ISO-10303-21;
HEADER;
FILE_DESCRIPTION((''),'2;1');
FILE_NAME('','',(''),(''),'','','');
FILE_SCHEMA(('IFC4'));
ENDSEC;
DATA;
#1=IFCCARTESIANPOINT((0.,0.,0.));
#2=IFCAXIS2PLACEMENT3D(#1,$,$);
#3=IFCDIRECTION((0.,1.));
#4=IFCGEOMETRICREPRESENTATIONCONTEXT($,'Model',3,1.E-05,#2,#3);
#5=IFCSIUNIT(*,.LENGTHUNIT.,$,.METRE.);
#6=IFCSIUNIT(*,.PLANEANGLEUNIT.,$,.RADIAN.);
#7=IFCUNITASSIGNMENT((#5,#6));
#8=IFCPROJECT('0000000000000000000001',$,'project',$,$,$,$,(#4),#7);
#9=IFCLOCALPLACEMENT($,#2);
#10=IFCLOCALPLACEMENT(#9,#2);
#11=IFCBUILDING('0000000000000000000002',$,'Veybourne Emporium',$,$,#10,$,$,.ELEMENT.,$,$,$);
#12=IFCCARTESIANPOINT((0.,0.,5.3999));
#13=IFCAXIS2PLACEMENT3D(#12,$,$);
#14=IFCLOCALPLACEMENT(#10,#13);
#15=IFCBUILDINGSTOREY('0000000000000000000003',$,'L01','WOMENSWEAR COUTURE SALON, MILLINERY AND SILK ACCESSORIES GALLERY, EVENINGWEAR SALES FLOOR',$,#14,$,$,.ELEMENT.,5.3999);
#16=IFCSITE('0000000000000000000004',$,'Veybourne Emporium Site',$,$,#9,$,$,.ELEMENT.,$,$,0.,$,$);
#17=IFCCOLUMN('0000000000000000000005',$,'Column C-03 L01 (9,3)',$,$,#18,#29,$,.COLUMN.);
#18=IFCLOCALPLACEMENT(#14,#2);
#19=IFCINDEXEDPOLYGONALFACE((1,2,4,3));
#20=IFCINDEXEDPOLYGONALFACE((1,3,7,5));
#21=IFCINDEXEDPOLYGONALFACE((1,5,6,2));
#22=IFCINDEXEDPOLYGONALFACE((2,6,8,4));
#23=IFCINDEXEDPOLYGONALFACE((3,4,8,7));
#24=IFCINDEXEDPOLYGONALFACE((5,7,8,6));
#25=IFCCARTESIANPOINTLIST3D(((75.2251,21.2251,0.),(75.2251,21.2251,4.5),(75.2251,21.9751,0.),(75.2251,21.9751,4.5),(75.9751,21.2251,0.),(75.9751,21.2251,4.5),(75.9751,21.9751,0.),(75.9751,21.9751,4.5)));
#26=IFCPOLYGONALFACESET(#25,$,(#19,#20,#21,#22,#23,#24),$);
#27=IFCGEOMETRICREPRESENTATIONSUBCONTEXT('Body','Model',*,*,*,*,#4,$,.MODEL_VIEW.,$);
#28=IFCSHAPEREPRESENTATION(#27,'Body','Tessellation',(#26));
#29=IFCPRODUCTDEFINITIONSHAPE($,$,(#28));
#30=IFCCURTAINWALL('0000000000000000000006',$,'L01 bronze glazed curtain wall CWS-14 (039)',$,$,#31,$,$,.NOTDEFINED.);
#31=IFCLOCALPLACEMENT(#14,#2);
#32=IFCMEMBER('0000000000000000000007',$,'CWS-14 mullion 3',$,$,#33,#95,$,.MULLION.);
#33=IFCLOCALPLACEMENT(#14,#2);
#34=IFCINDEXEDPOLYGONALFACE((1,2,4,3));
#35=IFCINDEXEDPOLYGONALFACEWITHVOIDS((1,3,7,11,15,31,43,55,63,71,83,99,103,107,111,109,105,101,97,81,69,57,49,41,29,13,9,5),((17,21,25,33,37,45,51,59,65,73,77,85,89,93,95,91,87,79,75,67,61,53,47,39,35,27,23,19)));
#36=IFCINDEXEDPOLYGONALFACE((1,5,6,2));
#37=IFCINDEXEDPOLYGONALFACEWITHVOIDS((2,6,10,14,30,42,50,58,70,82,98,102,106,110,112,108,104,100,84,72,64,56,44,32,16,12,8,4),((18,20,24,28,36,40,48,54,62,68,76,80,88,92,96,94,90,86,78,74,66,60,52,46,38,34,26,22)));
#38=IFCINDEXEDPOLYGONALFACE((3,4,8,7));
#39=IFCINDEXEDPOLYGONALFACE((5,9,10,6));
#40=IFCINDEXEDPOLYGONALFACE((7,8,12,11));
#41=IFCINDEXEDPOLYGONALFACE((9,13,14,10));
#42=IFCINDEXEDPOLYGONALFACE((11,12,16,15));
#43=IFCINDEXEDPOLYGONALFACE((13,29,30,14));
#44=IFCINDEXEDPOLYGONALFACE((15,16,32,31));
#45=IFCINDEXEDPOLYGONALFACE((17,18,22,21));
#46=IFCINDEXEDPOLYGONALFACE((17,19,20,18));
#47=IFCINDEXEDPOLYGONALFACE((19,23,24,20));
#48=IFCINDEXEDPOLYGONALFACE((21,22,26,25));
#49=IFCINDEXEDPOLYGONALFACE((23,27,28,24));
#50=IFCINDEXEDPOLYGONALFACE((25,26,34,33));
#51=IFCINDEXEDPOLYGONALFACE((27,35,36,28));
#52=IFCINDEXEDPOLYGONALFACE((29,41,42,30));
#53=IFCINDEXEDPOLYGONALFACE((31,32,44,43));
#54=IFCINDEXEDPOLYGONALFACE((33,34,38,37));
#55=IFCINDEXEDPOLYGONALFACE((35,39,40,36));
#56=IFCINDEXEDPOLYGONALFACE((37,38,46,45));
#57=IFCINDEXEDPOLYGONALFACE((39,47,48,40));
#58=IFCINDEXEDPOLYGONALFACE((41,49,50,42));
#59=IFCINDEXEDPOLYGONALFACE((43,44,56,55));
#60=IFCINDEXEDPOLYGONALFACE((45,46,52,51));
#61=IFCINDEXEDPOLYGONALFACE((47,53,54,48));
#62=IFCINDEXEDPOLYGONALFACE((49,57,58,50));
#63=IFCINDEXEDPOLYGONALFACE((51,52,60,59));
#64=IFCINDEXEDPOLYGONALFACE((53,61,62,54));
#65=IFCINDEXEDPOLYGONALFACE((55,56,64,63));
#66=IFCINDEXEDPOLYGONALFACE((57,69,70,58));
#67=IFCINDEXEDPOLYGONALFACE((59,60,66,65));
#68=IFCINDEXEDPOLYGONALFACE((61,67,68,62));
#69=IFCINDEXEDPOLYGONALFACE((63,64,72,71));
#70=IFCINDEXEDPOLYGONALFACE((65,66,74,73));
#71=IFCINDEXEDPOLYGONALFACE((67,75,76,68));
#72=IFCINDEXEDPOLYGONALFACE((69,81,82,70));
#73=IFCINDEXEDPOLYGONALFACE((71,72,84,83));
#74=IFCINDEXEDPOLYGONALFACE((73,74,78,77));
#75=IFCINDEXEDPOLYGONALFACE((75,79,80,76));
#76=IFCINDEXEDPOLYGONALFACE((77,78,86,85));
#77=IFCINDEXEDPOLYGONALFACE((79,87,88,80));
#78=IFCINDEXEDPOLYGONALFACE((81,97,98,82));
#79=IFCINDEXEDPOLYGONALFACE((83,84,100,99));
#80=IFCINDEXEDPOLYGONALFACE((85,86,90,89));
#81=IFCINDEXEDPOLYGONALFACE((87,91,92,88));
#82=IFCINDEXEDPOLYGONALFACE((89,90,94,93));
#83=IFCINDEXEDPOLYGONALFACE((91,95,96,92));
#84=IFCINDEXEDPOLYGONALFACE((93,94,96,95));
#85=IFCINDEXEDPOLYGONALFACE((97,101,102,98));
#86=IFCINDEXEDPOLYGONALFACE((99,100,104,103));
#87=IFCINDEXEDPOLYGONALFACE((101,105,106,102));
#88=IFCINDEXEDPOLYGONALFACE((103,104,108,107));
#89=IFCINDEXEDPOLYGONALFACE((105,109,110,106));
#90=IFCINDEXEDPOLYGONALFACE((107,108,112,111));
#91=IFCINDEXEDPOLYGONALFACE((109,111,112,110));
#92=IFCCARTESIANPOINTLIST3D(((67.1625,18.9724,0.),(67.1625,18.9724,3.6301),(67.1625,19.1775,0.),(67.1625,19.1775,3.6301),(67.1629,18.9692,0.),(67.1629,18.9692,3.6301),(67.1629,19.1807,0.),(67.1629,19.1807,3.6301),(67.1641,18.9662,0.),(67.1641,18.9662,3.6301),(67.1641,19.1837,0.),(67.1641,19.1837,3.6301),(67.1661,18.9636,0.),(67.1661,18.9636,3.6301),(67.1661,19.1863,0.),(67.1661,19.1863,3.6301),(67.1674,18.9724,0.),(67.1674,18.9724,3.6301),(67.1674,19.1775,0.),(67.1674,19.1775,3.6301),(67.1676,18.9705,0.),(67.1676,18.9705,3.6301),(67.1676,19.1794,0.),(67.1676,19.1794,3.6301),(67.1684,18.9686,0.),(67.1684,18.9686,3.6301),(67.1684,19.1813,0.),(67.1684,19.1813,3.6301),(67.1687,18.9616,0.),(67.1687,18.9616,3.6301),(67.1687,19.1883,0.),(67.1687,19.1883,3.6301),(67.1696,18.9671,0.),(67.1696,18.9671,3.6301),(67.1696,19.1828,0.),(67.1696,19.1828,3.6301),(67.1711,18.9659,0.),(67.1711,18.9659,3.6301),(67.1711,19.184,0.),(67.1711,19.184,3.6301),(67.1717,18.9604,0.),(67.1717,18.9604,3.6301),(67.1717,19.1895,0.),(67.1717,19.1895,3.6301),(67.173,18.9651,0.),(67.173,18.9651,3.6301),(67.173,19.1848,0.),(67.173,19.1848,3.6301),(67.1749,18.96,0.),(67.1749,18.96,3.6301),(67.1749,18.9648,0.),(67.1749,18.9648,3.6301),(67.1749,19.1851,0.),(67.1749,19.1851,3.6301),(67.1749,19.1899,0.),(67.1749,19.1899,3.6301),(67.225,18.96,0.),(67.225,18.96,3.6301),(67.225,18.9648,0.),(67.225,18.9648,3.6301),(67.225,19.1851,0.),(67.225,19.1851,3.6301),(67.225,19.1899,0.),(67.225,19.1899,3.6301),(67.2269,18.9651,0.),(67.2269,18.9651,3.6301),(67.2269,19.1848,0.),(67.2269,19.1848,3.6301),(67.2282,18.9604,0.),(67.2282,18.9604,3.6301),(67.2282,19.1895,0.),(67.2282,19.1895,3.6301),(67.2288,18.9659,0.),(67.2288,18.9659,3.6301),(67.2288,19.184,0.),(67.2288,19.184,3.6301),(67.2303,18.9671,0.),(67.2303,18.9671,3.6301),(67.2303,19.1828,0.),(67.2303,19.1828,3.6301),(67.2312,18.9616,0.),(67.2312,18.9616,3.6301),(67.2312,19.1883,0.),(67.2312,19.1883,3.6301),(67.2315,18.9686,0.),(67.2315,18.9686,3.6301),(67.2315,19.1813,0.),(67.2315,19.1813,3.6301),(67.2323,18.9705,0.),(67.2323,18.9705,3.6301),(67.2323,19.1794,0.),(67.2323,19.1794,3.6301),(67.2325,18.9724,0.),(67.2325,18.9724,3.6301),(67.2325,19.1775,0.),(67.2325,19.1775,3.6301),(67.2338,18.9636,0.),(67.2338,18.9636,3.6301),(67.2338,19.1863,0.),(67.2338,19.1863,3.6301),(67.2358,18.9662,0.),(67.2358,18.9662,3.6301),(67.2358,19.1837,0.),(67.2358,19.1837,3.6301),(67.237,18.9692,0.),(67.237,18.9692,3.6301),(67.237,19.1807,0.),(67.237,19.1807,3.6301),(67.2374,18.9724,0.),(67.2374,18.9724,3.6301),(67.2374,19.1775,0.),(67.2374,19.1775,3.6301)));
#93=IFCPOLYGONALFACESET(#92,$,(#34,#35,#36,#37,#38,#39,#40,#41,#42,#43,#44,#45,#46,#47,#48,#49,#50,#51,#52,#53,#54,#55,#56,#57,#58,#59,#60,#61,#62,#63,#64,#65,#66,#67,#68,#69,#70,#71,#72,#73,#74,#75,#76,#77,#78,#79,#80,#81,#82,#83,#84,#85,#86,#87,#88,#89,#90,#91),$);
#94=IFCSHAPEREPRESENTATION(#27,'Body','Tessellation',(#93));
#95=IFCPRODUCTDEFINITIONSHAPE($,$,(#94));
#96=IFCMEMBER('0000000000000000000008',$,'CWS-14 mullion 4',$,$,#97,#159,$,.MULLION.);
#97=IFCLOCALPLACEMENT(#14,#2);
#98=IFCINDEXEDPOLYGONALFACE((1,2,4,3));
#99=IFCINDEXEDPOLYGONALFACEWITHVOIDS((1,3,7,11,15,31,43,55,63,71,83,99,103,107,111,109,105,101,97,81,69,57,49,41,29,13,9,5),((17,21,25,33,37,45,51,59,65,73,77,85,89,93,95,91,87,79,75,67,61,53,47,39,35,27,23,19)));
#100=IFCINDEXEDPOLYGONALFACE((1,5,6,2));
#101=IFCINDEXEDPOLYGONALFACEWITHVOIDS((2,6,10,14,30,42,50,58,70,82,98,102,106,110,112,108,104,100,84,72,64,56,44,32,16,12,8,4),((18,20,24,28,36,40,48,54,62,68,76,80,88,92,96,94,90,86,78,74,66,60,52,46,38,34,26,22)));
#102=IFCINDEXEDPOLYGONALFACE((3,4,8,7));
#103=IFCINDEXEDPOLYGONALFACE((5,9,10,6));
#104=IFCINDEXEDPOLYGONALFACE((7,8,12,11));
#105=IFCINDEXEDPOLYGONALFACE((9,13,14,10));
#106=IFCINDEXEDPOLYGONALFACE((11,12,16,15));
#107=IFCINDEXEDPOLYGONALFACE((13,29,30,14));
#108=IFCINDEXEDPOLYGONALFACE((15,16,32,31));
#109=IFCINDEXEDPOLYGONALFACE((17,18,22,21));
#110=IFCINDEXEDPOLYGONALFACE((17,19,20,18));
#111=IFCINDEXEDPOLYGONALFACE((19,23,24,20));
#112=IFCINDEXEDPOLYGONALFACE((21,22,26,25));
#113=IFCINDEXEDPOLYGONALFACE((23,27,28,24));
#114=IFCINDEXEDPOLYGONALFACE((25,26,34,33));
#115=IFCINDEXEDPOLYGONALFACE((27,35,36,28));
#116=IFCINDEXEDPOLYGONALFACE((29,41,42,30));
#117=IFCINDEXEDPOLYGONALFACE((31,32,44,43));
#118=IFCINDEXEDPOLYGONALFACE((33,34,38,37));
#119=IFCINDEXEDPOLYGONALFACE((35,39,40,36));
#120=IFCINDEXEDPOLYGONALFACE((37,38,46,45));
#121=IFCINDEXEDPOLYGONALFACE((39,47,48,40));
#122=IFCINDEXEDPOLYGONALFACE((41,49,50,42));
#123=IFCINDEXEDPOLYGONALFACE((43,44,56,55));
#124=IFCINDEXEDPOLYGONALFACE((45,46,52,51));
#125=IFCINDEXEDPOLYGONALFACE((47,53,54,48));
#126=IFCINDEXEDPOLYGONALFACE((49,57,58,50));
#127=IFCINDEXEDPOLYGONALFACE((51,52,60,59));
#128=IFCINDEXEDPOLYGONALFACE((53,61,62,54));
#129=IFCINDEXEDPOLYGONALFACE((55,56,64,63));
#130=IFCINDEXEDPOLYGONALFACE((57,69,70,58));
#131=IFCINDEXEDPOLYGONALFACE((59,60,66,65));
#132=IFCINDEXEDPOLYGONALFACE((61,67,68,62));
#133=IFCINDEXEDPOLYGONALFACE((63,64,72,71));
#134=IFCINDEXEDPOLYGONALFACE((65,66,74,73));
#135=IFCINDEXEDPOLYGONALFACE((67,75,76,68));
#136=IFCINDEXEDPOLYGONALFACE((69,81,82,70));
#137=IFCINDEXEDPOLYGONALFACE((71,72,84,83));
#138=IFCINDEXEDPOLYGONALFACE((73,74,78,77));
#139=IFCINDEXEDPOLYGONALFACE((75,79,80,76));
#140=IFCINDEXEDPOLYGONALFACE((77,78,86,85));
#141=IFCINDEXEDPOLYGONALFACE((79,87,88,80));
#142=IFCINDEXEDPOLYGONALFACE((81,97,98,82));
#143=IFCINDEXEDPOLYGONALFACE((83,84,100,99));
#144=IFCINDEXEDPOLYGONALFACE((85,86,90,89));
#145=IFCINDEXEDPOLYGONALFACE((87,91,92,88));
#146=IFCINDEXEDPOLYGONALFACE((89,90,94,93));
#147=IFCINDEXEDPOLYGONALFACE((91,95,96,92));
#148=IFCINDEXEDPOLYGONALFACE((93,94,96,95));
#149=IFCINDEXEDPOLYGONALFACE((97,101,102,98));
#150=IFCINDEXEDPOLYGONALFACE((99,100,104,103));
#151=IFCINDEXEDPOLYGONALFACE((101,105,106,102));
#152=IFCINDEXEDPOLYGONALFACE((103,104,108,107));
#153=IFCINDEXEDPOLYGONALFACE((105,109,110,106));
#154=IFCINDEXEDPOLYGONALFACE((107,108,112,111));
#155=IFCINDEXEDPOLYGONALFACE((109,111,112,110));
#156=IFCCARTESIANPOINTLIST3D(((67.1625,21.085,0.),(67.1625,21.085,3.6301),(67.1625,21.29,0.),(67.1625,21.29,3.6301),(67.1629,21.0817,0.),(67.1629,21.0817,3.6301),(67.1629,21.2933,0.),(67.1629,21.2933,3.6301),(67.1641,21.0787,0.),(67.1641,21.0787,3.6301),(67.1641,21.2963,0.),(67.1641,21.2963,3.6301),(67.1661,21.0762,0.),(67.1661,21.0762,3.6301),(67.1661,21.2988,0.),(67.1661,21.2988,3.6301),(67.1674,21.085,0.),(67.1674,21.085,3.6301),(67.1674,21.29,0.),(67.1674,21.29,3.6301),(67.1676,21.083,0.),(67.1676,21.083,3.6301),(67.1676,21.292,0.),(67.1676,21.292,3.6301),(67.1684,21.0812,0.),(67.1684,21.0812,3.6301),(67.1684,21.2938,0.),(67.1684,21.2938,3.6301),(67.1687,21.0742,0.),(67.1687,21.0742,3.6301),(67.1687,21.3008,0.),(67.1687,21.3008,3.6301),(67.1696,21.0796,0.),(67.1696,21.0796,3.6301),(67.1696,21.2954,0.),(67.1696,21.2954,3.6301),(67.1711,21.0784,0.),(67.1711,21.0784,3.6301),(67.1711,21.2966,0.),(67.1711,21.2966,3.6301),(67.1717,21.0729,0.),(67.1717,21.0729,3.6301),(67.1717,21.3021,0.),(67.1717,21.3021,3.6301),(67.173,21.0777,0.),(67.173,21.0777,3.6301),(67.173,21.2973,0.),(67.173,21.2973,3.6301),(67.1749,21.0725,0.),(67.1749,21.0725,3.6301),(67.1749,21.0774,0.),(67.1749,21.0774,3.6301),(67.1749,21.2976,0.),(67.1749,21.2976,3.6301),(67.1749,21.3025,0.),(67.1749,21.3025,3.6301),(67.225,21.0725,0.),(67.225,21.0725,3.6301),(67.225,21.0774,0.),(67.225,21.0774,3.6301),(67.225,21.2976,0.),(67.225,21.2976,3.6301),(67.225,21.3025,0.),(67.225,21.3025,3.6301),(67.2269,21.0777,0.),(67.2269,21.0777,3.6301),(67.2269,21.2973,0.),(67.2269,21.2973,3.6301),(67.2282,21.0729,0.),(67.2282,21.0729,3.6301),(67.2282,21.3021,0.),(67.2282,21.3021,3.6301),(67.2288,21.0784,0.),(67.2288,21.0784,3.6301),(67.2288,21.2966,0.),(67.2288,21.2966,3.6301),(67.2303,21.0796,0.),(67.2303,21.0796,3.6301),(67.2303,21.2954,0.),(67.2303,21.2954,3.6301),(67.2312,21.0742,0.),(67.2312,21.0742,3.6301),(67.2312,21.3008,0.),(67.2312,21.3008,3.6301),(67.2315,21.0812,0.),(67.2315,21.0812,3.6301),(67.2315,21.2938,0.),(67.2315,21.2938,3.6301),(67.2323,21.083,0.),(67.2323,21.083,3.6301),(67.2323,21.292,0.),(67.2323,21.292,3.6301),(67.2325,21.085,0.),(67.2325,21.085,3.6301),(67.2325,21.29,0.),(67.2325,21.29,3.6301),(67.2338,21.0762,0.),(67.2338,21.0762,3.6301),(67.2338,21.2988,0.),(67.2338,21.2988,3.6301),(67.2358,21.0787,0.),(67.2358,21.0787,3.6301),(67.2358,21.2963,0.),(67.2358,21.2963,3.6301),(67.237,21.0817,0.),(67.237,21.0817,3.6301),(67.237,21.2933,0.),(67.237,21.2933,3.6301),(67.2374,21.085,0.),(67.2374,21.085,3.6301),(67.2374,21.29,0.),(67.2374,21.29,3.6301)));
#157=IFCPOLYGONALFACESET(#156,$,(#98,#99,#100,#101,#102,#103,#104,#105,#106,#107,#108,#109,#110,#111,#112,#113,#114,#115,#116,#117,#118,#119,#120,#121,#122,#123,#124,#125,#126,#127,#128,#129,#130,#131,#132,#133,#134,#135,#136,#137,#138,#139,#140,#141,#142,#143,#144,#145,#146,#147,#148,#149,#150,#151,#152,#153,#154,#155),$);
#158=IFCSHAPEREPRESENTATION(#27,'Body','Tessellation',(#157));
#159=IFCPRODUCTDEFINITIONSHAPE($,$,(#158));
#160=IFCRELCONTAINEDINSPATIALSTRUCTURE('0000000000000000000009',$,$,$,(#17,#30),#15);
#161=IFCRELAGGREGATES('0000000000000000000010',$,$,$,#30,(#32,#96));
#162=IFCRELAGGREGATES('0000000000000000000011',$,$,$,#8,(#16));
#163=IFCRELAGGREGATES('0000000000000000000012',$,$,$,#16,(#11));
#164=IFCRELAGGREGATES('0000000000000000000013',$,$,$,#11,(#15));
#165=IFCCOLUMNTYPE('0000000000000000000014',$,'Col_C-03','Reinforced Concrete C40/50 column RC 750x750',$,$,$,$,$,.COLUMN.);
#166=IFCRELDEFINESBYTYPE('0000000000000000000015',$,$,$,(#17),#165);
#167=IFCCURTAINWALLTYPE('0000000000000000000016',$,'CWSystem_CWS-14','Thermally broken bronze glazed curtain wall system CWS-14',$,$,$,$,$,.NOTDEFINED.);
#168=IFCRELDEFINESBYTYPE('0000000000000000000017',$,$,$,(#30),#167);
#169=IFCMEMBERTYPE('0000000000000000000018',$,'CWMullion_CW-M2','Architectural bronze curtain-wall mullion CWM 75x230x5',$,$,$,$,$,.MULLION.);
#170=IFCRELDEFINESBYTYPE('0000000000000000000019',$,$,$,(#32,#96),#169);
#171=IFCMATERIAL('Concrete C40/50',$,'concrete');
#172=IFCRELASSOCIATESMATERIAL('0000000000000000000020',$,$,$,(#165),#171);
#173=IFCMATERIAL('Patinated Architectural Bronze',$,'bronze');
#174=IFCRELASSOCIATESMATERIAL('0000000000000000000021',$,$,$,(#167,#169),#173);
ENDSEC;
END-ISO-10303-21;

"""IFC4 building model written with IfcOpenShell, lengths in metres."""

from ifc_helpers import new_model, si_unit, direction, frame, origin, origin_2d, place, context, subcontext, project, spatial, rectangle, hollow_rectangle, extrude, material, material_profile, profile_set, type_object, element, aggregate, save


model = new_model("IFC4")

# Units and contexts
model_context = context("Model", 3, precision=1e-05, world=origin(), true_north=direction((0.0, 1.0)))
body_context = subcontext(model_context, "Body", "Model", "MODEL_VIEW")
ifc_project = project(units=[si_unit("LENGTHUNIT", "METRE"), si_unit("PLANEANGLEUNIT", "RADIAN")], contexts=[model_context])

# Site, building, storey
site_placement = place(None, origin())
site = spatial("IfcSite", under=ifc_project, at=site_placement, Name="Veybourne Emporium Site", CompositionType="ELEMENT", RefElevation=0.0)
building_placement = place(site_placement, origin())
building = spatial("IfcBuilding", under=site, at=building_placement, Name="Veybourne Emporium", CompositionType="ELEMENT")
storey_placement = place(building_placement, frame((0.0, 0.0, 5.3999)))
storey = spatial("IfcBuildingStorey", under=building, at=storey_placement, Name="L01", Description="WOMENSWEAR COUTURE SALON, MILLINERY AND SILK ACCESSORIES GALLERY, EVENINGWEAR SALES FLOOR", CompositionType="ELEMENT", Elevation=5.3999)

# Column
ifc_material_1 = material(Name="Concrete C40/50", Category="concrete")
ifc_material_profile_1 = material_profile(ifc_material_1, rectangle(XDim=0.75, YDim=0.75, at=origin_2d()), Name="RC 750x750")
ifc_profile_set_1 = profile_set([ifc_material_profile_1], Name="Concrete C40/50")
column_type = type_object("IfcColumnType", Name="Col_C-03", Description="Reinforced Concrete C40/50 column RC 750x750", PredefinedType="COLUMN", material=ifc_profile_set_1)
column_placement = place(storey_placement, frame((75.6001, 21.6001, 0.0), z_axis=(0.0, 0.0, 1.0), x_axis=(1.0, 0.0, 0.0)))
element("IfcColumn", 1, at=column_placement, inside=storey, type_object=column_type, Name="Column C-03 L01 (9,3)", PredefinedType="COLUMN", context=body_context, shape_type="SweptSolid", body=[
    extrude(rectangle(XDim=0.75, YDim=0.75, at=origin_2d()), origin(), (0.0, 0.0, 1.0), 4.5),
])

# Curtain wall, members
ifc_material_2 = material(Name="Patinated Architectural Bronze", Category="bronze")
curtain_wall_type_1 = type_object("IfcCurtainWallType", Name="CWSystem_CWS-14", Description="Thermally broken bronze glazed curtain wall system CWS-14", PredefinedType="NOTDEFINED", material=ifc_material_2)
curtain_wall_1_placement = place(storey_placement, origin())
curtain_wall_1 = element("IfcCurtainWall", 2, at=curtain_wall_1_placement, inside=storey, type_object=curtain_wall_type_1, Name="L01 bronze glazed curtain wall CWS-14 (039)", PredefinedType="NOTDEFINED")
ifc_material_profile_2 = material_profile(ifc_material_2, hollow_rectangle(XDim=0.075, YDim=0.23, WallThickness=0.0049, InnerFilletRadius=0.0076, OuterFilletRadius=0.0125, at=origin_2d()), Name="CWM 75x230x5")
ifc_profile_set_2 = profile_set([ifc_material_profile_2], Name="Patinated Architectural Bronze")
member_type_1 = type_object("IfcMemberType", Name="CWMullion_CW-M2", Description="Architectural bronze curtain-wall mullion CWM 75x230x5", PredefinedType="MULLION", material=ifc_profile_set_2)
member_1_placement = place(storey_placement, frame((67.2, 19.075, 0.0), z_axis=(0.0, 0.0, 1.0), x_axis=(-1.0, 0.0, 0.0)))
member_1 = element("IfcMember", 3, at=member_1_placement, type_object=member_type_1, Name="CWS-14 mullion 3", PredefinedType="MULLION", context=body_context, shape_type="SweptSolid", body=[
    extrude(hollow_rectangle(XDim=0.075, YDim=0.23, WallThickness=0.0049, InnerFilletRadius=0.0076, OuterFilletRadius=0.0125, at=origin_2d()), origin(), (0.0, 0.0, 1.0), 3.6301),
])
member_2_placement = place(storey_placement, frame((67.2, 21.1875, 0.0), z_axis=(0.0, 0.0, 1.0), x_axis=(-1.0, 0.0, 0.0)))
member_2 = element("IfcMember", 4, at=member_2_placement, type_object=member_type_1, Name="CWS-14 mullion 4", PredefinedType="MULLION", context=body_context, shape_type="SweptSolid", body=[
    extrude(hollow_rectangle(XDim=0.075, YDim=0.23, WallThickness=0.0049, InnerFilletRadius=0.0076, OuterFilletRadius=0.0125, at=origin_2d()), origin(), (0.0, 0.0, 1.0), 3.6301),
])

aggregate(curtain_wall_1, [member_1, member_2])

save(model, "model.ifc")
